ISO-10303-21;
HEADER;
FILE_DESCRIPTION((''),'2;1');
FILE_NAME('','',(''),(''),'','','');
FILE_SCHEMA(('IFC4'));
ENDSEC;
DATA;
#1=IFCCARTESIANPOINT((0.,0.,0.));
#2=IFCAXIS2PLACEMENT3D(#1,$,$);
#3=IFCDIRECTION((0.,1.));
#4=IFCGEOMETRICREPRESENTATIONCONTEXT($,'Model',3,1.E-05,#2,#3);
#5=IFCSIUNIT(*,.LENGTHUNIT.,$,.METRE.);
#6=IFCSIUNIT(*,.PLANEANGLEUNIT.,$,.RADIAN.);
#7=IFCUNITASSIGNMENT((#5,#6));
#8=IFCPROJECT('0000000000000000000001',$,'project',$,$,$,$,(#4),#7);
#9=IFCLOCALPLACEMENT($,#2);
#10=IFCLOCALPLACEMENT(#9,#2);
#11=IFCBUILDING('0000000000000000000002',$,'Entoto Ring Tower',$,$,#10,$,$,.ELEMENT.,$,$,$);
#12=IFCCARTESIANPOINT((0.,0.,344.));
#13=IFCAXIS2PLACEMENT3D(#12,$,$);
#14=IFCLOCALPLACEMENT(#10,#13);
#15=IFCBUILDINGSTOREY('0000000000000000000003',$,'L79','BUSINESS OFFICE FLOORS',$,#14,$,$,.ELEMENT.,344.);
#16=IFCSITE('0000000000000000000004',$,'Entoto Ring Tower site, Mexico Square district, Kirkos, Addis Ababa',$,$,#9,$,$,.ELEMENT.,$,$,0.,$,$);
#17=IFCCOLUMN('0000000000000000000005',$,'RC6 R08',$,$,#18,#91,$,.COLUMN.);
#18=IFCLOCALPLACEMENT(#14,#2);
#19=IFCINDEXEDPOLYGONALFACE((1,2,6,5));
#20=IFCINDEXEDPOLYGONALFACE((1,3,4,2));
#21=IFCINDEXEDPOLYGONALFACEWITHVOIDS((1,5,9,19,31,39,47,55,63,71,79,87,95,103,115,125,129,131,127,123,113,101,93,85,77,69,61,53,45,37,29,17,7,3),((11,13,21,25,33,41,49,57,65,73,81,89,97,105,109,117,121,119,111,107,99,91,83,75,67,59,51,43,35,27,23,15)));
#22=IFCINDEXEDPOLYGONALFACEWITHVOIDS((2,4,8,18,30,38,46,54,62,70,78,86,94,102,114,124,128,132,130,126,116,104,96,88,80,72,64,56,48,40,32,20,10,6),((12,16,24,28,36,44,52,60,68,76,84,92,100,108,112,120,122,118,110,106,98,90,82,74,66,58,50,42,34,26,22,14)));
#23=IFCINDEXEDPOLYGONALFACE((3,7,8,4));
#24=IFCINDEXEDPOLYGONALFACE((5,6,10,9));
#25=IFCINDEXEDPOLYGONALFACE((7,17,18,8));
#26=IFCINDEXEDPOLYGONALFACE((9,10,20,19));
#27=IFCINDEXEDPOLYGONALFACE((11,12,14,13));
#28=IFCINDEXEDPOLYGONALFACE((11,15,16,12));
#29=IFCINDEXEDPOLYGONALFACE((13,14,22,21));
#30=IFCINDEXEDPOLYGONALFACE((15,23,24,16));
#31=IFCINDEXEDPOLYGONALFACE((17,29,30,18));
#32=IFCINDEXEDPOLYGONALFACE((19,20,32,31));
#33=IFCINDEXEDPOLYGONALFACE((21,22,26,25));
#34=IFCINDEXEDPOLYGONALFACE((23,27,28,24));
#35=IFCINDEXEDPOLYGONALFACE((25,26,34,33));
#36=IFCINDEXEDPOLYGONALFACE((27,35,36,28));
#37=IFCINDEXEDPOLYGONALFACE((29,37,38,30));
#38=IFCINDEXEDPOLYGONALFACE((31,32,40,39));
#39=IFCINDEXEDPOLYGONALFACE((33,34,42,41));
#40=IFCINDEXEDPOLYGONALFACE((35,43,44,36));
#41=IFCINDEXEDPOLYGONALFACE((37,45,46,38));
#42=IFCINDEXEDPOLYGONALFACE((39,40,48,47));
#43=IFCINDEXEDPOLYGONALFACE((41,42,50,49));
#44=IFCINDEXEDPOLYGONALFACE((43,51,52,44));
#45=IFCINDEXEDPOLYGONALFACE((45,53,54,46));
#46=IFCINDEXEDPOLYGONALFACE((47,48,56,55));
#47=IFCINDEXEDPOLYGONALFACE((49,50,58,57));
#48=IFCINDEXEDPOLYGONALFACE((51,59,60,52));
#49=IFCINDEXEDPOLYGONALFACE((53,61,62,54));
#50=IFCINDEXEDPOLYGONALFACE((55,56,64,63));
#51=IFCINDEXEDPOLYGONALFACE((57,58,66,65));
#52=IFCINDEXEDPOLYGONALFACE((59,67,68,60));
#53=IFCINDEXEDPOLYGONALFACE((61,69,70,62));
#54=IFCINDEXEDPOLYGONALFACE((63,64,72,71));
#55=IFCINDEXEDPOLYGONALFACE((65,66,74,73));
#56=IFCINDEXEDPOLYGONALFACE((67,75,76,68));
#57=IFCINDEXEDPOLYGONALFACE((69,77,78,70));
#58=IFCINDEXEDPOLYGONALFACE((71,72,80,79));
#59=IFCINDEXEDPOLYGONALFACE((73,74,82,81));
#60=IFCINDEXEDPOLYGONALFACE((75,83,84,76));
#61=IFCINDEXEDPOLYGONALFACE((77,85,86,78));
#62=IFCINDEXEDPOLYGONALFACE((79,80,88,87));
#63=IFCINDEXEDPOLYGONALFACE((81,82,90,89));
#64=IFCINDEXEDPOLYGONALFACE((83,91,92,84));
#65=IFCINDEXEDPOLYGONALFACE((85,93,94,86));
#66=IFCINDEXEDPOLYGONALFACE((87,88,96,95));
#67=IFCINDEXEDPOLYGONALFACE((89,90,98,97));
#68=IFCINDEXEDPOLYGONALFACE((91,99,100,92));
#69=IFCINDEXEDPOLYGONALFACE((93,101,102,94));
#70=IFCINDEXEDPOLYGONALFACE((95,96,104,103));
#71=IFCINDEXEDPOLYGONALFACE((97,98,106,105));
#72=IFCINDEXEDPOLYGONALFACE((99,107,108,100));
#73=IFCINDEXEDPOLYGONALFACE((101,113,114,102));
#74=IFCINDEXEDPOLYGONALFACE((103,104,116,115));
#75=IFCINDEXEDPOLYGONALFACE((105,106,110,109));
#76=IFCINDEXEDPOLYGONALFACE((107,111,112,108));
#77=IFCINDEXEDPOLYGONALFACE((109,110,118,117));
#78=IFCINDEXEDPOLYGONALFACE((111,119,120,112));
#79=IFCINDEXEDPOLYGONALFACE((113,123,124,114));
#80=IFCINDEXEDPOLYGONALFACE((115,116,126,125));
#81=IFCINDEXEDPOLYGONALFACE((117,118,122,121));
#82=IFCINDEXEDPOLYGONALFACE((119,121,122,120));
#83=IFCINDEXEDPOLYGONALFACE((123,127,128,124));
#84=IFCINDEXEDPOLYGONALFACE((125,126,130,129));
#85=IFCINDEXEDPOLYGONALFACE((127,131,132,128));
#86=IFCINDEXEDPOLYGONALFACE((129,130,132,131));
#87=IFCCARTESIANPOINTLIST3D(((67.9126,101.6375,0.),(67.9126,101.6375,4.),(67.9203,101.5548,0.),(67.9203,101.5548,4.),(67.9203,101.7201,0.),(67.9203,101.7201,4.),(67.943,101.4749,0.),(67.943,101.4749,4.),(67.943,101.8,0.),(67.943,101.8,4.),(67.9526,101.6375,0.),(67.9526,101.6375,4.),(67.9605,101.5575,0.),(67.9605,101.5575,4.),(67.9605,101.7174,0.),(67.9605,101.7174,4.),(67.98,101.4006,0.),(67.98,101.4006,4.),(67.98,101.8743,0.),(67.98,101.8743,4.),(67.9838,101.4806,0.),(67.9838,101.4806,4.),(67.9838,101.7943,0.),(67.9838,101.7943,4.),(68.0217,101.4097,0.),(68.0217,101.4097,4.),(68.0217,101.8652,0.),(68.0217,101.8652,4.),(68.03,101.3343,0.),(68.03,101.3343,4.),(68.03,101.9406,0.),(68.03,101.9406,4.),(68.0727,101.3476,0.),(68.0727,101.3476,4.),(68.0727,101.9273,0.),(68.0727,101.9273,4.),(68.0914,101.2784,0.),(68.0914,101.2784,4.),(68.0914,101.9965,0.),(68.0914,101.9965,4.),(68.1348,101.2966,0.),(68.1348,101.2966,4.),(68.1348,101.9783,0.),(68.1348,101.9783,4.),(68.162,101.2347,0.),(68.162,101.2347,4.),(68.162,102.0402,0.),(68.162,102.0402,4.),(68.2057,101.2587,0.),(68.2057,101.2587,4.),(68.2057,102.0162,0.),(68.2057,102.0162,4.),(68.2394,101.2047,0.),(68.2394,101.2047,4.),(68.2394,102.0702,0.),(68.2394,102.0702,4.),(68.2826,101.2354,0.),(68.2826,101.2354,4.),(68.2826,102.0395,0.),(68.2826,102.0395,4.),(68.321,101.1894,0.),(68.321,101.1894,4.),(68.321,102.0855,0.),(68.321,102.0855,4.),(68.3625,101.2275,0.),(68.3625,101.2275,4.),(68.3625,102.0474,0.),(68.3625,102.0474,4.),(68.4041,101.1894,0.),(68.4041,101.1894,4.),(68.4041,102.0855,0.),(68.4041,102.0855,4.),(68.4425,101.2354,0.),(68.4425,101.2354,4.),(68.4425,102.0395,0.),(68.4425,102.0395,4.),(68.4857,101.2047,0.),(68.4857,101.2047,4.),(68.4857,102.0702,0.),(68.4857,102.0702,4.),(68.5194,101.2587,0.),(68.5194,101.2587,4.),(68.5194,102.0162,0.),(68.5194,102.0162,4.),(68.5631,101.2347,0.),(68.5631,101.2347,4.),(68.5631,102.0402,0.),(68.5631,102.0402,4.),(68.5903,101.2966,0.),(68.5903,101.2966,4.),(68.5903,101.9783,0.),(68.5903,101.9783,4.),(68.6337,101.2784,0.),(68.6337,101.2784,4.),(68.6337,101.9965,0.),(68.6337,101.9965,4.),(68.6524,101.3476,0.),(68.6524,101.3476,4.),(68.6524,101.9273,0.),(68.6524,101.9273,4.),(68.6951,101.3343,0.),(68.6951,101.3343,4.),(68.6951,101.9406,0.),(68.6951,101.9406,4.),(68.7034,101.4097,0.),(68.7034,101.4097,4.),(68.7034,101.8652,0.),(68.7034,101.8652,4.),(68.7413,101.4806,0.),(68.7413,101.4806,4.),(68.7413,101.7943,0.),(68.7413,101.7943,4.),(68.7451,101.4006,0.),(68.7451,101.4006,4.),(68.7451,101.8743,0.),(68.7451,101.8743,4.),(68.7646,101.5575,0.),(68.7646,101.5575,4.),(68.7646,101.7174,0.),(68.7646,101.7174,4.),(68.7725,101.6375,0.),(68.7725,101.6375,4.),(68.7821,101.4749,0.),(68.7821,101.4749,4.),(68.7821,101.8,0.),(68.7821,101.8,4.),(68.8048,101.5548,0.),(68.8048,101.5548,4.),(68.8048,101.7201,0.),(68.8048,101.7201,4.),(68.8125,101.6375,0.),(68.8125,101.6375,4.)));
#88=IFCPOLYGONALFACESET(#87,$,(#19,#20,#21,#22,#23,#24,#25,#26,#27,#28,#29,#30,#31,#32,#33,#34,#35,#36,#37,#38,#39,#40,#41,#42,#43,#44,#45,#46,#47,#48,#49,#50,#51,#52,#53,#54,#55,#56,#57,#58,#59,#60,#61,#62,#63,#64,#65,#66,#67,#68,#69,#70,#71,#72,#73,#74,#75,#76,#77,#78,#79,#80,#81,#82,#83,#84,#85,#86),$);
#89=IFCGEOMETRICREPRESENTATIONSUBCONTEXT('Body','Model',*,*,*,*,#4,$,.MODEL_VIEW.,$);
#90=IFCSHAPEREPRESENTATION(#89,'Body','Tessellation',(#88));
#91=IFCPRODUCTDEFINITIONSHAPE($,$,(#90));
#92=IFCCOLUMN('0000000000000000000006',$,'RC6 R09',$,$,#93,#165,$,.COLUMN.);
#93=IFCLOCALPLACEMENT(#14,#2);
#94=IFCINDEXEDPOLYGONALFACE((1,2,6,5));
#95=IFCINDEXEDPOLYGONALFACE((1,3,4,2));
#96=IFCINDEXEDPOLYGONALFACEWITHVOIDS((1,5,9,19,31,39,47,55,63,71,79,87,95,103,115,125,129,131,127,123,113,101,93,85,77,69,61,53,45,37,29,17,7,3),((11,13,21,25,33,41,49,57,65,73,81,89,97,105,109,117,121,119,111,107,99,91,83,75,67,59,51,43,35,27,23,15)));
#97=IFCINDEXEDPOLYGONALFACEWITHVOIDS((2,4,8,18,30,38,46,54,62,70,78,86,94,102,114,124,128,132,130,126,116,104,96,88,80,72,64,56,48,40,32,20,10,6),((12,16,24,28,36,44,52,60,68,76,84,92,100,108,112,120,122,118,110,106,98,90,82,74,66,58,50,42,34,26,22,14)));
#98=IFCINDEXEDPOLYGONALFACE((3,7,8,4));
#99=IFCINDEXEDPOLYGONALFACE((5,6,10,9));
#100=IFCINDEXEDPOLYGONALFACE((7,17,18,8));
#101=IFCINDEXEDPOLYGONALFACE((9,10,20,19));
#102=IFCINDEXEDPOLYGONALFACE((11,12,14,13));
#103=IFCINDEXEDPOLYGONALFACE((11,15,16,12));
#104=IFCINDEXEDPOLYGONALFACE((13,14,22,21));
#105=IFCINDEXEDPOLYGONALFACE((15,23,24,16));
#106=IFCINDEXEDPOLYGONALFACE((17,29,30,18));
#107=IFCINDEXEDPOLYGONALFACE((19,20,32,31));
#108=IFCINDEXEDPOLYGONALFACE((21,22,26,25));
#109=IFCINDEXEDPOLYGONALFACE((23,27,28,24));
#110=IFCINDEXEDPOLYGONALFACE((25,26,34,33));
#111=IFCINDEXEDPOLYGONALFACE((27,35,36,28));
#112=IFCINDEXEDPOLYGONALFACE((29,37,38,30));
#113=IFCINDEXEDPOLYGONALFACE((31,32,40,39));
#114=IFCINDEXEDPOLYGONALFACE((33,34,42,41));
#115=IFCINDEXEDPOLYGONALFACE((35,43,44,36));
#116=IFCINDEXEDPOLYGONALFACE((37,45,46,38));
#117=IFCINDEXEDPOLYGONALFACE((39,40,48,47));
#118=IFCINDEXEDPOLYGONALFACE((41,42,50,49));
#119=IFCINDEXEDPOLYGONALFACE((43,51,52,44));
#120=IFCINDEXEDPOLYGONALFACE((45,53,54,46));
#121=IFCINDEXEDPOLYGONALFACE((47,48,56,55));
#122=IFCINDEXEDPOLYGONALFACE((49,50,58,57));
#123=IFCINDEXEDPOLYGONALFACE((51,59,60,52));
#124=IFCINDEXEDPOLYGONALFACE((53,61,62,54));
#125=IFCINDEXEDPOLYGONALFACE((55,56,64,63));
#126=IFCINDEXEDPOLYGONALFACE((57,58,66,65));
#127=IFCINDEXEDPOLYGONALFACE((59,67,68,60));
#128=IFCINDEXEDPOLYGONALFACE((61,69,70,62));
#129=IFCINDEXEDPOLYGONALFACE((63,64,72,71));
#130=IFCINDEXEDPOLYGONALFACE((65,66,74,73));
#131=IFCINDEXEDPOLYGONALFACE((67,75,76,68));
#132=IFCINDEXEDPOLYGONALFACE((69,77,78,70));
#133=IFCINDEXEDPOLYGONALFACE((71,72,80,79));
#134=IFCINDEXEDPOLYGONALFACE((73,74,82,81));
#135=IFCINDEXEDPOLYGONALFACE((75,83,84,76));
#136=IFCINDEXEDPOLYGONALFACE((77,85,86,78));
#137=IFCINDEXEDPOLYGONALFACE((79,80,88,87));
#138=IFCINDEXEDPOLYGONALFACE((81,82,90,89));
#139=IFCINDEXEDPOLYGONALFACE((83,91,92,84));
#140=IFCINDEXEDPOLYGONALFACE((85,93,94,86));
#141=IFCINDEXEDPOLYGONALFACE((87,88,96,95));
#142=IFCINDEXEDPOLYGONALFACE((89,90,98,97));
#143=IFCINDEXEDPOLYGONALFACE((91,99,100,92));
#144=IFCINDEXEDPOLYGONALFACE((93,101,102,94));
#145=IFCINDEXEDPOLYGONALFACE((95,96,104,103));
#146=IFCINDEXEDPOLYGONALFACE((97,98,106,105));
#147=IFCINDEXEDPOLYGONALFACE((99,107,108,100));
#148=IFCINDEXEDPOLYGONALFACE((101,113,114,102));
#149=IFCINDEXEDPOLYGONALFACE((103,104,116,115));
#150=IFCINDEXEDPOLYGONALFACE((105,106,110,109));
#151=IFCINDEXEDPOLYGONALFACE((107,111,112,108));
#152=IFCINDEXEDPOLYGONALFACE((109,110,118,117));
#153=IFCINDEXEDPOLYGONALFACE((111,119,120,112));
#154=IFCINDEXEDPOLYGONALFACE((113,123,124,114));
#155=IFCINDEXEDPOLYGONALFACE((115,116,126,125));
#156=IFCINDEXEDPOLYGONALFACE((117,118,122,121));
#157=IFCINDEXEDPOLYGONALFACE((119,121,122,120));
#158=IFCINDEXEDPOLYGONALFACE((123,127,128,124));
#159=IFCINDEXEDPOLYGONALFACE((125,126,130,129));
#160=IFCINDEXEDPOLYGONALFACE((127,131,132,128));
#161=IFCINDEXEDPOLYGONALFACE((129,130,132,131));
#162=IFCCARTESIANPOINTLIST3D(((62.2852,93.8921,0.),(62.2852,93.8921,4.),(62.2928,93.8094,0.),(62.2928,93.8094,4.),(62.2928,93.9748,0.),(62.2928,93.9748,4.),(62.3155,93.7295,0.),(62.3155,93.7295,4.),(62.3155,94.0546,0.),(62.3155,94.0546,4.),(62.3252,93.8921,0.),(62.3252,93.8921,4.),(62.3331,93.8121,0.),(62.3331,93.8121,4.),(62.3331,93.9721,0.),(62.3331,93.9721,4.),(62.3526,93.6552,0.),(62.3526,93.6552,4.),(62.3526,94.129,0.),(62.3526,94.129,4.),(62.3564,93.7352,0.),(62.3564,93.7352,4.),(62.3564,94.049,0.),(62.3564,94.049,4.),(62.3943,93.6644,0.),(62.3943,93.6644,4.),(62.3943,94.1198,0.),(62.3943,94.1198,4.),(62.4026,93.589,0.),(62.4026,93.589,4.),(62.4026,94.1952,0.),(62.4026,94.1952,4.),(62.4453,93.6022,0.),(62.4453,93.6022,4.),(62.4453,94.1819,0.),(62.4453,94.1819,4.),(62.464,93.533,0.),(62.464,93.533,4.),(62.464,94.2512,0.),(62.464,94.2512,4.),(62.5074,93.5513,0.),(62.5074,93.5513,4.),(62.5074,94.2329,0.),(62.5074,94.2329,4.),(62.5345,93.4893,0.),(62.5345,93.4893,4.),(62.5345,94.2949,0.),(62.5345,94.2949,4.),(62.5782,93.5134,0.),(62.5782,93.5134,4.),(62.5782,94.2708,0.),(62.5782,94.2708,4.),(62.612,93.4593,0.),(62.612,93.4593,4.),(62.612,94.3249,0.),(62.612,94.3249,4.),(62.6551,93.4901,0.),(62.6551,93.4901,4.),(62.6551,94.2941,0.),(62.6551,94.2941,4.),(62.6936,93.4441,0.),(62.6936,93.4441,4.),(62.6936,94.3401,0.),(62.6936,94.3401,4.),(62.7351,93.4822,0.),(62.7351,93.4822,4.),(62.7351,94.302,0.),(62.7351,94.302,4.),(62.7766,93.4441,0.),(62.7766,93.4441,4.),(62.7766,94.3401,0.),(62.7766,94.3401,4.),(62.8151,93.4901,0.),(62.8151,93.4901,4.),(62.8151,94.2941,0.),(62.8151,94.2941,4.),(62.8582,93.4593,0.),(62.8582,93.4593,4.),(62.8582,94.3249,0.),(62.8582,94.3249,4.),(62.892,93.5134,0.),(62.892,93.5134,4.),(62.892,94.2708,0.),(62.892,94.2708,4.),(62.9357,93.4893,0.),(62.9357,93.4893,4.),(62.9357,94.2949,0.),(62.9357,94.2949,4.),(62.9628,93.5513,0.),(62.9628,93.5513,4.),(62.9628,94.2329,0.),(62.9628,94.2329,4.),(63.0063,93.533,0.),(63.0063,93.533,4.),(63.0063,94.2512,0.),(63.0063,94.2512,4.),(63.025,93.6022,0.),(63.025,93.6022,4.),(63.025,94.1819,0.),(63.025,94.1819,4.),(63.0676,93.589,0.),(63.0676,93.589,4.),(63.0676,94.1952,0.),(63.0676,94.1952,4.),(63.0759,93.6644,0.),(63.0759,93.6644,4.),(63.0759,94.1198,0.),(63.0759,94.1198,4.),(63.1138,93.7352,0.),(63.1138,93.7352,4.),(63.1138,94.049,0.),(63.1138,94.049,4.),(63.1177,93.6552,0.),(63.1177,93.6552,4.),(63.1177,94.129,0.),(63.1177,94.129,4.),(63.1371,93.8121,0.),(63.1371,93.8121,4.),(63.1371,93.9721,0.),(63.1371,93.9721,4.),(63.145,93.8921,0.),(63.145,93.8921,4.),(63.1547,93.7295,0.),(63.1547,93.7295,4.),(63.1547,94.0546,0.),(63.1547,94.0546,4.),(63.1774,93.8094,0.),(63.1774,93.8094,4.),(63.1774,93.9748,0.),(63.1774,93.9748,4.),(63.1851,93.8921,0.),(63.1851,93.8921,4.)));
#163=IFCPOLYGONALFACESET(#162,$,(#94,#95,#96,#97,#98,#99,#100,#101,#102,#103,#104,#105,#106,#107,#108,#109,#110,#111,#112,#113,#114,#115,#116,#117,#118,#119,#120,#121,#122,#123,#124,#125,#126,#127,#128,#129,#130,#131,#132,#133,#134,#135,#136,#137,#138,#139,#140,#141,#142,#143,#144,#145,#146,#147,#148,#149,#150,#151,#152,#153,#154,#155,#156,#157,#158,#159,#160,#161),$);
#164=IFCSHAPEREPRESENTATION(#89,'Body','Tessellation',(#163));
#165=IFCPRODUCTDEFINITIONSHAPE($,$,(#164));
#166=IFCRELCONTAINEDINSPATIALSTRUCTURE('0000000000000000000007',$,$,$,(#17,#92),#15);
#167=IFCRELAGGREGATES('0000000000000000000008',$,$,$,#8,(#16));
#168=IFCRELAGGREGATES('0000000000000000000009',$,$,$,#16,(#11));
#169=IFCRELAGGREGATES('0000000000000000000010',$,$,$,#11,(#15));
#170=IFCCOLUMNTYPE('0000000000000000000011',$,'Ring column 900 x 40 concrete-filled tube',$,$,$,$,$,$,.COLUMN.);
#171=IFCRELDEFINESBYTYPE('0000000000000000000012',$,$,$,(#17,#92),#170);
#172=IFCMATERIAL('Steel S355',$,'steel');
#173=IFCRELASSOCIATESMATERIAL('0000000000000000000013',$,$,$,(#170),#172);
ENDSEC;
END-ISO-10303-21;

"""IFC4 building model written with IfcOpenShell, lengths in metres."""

from ifc_helpers import new_model, si_unit, direction, frame, origin, origin_2d, place, context, subcontext, project, spatial, circle, hollow_circle, extrude, material, material_profile, profile_set, type_object, element, save


model = new_model("IFC4")

# Units and contexts
model_context = context("Model", 3, precision=1e-05, world=origin(), true_north=direction((0.0, 1.0)))
body_context = subcontext(model_context, "Body", "Model", "MODEL_VIEW")
ifc_project = project(units=[si_unit("LENGTHUNIT", "METRE"), si_unit("PLANEANGLEUNIT", "RADIAN")], contexts=[model_context])

# Site, building, storey
site_placement = place(None, origin())
site = spatial("IfcSite", under=ifc_project, at=site_placement, Name="Entoto Ring Tower site, Mexico Square district, Kirkos, Addis Ababa", CompositionType="ELEMENT", RefElevation=0.0)
building_placement = place(site_placement, origin())
building = spatial("IfcBuilding", under=site, at=building_placement, Name="Entoto Ring Tower", CompositionType="ELEMENT")
storey_placement = place(building_placement, frame((0.0, 0.0, 344.0)))
storey = spatial("IfcBuildingStorey", under=building, at=storey_placement, Name="L79", Description="BUSINESS OFFICE FLOORS", CompositionType="ELEMENT", Elevation=344.0)

# Columns
ifc_material_1 = material(Name="Steel S355", Category="steel")
ifc_material_profile_1 = material_profile(ifc_material_1, hollow_circle(Radius=0.45, WallThickness=0.04, at=origin_2d()), Name="CHS 900 x 40")
ifc_material_2 = material(Name="Concrete C60/75", Category="concrete")
ifc_material_profile_2 = material_profile(ifc_material_2, circle(Radius=0.4099, at=origin_2d()), Name="Concrete C60/75 infill")
ifc_profile_set_1 = profile_set([ifc_material_profile_1, ifc_material_profile_2], Name="Steel S355")
column_type = type_object("IfcColumnType", Name="Ring column 900 x 40 concrete-filled tube", PredefinedType="COLUMN", material=ifc_profile_set_1)
for number, where, z_axis, x_axis, name in (
    (1, (68.3625, 101.6375, 0.0), (0.0, 0.0, 1.0), (1.0, 0.0, 0.0), "RC6 R08"),
    (2, (62.7351, 93.8921, 0.0), (0.0, 0.0, 1.0), (1.0, 0.0, 0.0), "RC6 R09"),
):
    element("IfcColumn", number, at=place(storey_placement, frame(where, z_axis=z_axis, x_axis=x_axis)), inside=storey, type_object=column_type, Name=name, PredefinedType="COLUMN", context=body_context, shape_type="SweptSolid", body=[
        extrude(hollow_circle(Radius=0.45, WallThickness=0.04, at=origin_2d()), origin(), (0.0, 0.0, 1.0), 4.0),
    ])

save(model, "model.ifc")
